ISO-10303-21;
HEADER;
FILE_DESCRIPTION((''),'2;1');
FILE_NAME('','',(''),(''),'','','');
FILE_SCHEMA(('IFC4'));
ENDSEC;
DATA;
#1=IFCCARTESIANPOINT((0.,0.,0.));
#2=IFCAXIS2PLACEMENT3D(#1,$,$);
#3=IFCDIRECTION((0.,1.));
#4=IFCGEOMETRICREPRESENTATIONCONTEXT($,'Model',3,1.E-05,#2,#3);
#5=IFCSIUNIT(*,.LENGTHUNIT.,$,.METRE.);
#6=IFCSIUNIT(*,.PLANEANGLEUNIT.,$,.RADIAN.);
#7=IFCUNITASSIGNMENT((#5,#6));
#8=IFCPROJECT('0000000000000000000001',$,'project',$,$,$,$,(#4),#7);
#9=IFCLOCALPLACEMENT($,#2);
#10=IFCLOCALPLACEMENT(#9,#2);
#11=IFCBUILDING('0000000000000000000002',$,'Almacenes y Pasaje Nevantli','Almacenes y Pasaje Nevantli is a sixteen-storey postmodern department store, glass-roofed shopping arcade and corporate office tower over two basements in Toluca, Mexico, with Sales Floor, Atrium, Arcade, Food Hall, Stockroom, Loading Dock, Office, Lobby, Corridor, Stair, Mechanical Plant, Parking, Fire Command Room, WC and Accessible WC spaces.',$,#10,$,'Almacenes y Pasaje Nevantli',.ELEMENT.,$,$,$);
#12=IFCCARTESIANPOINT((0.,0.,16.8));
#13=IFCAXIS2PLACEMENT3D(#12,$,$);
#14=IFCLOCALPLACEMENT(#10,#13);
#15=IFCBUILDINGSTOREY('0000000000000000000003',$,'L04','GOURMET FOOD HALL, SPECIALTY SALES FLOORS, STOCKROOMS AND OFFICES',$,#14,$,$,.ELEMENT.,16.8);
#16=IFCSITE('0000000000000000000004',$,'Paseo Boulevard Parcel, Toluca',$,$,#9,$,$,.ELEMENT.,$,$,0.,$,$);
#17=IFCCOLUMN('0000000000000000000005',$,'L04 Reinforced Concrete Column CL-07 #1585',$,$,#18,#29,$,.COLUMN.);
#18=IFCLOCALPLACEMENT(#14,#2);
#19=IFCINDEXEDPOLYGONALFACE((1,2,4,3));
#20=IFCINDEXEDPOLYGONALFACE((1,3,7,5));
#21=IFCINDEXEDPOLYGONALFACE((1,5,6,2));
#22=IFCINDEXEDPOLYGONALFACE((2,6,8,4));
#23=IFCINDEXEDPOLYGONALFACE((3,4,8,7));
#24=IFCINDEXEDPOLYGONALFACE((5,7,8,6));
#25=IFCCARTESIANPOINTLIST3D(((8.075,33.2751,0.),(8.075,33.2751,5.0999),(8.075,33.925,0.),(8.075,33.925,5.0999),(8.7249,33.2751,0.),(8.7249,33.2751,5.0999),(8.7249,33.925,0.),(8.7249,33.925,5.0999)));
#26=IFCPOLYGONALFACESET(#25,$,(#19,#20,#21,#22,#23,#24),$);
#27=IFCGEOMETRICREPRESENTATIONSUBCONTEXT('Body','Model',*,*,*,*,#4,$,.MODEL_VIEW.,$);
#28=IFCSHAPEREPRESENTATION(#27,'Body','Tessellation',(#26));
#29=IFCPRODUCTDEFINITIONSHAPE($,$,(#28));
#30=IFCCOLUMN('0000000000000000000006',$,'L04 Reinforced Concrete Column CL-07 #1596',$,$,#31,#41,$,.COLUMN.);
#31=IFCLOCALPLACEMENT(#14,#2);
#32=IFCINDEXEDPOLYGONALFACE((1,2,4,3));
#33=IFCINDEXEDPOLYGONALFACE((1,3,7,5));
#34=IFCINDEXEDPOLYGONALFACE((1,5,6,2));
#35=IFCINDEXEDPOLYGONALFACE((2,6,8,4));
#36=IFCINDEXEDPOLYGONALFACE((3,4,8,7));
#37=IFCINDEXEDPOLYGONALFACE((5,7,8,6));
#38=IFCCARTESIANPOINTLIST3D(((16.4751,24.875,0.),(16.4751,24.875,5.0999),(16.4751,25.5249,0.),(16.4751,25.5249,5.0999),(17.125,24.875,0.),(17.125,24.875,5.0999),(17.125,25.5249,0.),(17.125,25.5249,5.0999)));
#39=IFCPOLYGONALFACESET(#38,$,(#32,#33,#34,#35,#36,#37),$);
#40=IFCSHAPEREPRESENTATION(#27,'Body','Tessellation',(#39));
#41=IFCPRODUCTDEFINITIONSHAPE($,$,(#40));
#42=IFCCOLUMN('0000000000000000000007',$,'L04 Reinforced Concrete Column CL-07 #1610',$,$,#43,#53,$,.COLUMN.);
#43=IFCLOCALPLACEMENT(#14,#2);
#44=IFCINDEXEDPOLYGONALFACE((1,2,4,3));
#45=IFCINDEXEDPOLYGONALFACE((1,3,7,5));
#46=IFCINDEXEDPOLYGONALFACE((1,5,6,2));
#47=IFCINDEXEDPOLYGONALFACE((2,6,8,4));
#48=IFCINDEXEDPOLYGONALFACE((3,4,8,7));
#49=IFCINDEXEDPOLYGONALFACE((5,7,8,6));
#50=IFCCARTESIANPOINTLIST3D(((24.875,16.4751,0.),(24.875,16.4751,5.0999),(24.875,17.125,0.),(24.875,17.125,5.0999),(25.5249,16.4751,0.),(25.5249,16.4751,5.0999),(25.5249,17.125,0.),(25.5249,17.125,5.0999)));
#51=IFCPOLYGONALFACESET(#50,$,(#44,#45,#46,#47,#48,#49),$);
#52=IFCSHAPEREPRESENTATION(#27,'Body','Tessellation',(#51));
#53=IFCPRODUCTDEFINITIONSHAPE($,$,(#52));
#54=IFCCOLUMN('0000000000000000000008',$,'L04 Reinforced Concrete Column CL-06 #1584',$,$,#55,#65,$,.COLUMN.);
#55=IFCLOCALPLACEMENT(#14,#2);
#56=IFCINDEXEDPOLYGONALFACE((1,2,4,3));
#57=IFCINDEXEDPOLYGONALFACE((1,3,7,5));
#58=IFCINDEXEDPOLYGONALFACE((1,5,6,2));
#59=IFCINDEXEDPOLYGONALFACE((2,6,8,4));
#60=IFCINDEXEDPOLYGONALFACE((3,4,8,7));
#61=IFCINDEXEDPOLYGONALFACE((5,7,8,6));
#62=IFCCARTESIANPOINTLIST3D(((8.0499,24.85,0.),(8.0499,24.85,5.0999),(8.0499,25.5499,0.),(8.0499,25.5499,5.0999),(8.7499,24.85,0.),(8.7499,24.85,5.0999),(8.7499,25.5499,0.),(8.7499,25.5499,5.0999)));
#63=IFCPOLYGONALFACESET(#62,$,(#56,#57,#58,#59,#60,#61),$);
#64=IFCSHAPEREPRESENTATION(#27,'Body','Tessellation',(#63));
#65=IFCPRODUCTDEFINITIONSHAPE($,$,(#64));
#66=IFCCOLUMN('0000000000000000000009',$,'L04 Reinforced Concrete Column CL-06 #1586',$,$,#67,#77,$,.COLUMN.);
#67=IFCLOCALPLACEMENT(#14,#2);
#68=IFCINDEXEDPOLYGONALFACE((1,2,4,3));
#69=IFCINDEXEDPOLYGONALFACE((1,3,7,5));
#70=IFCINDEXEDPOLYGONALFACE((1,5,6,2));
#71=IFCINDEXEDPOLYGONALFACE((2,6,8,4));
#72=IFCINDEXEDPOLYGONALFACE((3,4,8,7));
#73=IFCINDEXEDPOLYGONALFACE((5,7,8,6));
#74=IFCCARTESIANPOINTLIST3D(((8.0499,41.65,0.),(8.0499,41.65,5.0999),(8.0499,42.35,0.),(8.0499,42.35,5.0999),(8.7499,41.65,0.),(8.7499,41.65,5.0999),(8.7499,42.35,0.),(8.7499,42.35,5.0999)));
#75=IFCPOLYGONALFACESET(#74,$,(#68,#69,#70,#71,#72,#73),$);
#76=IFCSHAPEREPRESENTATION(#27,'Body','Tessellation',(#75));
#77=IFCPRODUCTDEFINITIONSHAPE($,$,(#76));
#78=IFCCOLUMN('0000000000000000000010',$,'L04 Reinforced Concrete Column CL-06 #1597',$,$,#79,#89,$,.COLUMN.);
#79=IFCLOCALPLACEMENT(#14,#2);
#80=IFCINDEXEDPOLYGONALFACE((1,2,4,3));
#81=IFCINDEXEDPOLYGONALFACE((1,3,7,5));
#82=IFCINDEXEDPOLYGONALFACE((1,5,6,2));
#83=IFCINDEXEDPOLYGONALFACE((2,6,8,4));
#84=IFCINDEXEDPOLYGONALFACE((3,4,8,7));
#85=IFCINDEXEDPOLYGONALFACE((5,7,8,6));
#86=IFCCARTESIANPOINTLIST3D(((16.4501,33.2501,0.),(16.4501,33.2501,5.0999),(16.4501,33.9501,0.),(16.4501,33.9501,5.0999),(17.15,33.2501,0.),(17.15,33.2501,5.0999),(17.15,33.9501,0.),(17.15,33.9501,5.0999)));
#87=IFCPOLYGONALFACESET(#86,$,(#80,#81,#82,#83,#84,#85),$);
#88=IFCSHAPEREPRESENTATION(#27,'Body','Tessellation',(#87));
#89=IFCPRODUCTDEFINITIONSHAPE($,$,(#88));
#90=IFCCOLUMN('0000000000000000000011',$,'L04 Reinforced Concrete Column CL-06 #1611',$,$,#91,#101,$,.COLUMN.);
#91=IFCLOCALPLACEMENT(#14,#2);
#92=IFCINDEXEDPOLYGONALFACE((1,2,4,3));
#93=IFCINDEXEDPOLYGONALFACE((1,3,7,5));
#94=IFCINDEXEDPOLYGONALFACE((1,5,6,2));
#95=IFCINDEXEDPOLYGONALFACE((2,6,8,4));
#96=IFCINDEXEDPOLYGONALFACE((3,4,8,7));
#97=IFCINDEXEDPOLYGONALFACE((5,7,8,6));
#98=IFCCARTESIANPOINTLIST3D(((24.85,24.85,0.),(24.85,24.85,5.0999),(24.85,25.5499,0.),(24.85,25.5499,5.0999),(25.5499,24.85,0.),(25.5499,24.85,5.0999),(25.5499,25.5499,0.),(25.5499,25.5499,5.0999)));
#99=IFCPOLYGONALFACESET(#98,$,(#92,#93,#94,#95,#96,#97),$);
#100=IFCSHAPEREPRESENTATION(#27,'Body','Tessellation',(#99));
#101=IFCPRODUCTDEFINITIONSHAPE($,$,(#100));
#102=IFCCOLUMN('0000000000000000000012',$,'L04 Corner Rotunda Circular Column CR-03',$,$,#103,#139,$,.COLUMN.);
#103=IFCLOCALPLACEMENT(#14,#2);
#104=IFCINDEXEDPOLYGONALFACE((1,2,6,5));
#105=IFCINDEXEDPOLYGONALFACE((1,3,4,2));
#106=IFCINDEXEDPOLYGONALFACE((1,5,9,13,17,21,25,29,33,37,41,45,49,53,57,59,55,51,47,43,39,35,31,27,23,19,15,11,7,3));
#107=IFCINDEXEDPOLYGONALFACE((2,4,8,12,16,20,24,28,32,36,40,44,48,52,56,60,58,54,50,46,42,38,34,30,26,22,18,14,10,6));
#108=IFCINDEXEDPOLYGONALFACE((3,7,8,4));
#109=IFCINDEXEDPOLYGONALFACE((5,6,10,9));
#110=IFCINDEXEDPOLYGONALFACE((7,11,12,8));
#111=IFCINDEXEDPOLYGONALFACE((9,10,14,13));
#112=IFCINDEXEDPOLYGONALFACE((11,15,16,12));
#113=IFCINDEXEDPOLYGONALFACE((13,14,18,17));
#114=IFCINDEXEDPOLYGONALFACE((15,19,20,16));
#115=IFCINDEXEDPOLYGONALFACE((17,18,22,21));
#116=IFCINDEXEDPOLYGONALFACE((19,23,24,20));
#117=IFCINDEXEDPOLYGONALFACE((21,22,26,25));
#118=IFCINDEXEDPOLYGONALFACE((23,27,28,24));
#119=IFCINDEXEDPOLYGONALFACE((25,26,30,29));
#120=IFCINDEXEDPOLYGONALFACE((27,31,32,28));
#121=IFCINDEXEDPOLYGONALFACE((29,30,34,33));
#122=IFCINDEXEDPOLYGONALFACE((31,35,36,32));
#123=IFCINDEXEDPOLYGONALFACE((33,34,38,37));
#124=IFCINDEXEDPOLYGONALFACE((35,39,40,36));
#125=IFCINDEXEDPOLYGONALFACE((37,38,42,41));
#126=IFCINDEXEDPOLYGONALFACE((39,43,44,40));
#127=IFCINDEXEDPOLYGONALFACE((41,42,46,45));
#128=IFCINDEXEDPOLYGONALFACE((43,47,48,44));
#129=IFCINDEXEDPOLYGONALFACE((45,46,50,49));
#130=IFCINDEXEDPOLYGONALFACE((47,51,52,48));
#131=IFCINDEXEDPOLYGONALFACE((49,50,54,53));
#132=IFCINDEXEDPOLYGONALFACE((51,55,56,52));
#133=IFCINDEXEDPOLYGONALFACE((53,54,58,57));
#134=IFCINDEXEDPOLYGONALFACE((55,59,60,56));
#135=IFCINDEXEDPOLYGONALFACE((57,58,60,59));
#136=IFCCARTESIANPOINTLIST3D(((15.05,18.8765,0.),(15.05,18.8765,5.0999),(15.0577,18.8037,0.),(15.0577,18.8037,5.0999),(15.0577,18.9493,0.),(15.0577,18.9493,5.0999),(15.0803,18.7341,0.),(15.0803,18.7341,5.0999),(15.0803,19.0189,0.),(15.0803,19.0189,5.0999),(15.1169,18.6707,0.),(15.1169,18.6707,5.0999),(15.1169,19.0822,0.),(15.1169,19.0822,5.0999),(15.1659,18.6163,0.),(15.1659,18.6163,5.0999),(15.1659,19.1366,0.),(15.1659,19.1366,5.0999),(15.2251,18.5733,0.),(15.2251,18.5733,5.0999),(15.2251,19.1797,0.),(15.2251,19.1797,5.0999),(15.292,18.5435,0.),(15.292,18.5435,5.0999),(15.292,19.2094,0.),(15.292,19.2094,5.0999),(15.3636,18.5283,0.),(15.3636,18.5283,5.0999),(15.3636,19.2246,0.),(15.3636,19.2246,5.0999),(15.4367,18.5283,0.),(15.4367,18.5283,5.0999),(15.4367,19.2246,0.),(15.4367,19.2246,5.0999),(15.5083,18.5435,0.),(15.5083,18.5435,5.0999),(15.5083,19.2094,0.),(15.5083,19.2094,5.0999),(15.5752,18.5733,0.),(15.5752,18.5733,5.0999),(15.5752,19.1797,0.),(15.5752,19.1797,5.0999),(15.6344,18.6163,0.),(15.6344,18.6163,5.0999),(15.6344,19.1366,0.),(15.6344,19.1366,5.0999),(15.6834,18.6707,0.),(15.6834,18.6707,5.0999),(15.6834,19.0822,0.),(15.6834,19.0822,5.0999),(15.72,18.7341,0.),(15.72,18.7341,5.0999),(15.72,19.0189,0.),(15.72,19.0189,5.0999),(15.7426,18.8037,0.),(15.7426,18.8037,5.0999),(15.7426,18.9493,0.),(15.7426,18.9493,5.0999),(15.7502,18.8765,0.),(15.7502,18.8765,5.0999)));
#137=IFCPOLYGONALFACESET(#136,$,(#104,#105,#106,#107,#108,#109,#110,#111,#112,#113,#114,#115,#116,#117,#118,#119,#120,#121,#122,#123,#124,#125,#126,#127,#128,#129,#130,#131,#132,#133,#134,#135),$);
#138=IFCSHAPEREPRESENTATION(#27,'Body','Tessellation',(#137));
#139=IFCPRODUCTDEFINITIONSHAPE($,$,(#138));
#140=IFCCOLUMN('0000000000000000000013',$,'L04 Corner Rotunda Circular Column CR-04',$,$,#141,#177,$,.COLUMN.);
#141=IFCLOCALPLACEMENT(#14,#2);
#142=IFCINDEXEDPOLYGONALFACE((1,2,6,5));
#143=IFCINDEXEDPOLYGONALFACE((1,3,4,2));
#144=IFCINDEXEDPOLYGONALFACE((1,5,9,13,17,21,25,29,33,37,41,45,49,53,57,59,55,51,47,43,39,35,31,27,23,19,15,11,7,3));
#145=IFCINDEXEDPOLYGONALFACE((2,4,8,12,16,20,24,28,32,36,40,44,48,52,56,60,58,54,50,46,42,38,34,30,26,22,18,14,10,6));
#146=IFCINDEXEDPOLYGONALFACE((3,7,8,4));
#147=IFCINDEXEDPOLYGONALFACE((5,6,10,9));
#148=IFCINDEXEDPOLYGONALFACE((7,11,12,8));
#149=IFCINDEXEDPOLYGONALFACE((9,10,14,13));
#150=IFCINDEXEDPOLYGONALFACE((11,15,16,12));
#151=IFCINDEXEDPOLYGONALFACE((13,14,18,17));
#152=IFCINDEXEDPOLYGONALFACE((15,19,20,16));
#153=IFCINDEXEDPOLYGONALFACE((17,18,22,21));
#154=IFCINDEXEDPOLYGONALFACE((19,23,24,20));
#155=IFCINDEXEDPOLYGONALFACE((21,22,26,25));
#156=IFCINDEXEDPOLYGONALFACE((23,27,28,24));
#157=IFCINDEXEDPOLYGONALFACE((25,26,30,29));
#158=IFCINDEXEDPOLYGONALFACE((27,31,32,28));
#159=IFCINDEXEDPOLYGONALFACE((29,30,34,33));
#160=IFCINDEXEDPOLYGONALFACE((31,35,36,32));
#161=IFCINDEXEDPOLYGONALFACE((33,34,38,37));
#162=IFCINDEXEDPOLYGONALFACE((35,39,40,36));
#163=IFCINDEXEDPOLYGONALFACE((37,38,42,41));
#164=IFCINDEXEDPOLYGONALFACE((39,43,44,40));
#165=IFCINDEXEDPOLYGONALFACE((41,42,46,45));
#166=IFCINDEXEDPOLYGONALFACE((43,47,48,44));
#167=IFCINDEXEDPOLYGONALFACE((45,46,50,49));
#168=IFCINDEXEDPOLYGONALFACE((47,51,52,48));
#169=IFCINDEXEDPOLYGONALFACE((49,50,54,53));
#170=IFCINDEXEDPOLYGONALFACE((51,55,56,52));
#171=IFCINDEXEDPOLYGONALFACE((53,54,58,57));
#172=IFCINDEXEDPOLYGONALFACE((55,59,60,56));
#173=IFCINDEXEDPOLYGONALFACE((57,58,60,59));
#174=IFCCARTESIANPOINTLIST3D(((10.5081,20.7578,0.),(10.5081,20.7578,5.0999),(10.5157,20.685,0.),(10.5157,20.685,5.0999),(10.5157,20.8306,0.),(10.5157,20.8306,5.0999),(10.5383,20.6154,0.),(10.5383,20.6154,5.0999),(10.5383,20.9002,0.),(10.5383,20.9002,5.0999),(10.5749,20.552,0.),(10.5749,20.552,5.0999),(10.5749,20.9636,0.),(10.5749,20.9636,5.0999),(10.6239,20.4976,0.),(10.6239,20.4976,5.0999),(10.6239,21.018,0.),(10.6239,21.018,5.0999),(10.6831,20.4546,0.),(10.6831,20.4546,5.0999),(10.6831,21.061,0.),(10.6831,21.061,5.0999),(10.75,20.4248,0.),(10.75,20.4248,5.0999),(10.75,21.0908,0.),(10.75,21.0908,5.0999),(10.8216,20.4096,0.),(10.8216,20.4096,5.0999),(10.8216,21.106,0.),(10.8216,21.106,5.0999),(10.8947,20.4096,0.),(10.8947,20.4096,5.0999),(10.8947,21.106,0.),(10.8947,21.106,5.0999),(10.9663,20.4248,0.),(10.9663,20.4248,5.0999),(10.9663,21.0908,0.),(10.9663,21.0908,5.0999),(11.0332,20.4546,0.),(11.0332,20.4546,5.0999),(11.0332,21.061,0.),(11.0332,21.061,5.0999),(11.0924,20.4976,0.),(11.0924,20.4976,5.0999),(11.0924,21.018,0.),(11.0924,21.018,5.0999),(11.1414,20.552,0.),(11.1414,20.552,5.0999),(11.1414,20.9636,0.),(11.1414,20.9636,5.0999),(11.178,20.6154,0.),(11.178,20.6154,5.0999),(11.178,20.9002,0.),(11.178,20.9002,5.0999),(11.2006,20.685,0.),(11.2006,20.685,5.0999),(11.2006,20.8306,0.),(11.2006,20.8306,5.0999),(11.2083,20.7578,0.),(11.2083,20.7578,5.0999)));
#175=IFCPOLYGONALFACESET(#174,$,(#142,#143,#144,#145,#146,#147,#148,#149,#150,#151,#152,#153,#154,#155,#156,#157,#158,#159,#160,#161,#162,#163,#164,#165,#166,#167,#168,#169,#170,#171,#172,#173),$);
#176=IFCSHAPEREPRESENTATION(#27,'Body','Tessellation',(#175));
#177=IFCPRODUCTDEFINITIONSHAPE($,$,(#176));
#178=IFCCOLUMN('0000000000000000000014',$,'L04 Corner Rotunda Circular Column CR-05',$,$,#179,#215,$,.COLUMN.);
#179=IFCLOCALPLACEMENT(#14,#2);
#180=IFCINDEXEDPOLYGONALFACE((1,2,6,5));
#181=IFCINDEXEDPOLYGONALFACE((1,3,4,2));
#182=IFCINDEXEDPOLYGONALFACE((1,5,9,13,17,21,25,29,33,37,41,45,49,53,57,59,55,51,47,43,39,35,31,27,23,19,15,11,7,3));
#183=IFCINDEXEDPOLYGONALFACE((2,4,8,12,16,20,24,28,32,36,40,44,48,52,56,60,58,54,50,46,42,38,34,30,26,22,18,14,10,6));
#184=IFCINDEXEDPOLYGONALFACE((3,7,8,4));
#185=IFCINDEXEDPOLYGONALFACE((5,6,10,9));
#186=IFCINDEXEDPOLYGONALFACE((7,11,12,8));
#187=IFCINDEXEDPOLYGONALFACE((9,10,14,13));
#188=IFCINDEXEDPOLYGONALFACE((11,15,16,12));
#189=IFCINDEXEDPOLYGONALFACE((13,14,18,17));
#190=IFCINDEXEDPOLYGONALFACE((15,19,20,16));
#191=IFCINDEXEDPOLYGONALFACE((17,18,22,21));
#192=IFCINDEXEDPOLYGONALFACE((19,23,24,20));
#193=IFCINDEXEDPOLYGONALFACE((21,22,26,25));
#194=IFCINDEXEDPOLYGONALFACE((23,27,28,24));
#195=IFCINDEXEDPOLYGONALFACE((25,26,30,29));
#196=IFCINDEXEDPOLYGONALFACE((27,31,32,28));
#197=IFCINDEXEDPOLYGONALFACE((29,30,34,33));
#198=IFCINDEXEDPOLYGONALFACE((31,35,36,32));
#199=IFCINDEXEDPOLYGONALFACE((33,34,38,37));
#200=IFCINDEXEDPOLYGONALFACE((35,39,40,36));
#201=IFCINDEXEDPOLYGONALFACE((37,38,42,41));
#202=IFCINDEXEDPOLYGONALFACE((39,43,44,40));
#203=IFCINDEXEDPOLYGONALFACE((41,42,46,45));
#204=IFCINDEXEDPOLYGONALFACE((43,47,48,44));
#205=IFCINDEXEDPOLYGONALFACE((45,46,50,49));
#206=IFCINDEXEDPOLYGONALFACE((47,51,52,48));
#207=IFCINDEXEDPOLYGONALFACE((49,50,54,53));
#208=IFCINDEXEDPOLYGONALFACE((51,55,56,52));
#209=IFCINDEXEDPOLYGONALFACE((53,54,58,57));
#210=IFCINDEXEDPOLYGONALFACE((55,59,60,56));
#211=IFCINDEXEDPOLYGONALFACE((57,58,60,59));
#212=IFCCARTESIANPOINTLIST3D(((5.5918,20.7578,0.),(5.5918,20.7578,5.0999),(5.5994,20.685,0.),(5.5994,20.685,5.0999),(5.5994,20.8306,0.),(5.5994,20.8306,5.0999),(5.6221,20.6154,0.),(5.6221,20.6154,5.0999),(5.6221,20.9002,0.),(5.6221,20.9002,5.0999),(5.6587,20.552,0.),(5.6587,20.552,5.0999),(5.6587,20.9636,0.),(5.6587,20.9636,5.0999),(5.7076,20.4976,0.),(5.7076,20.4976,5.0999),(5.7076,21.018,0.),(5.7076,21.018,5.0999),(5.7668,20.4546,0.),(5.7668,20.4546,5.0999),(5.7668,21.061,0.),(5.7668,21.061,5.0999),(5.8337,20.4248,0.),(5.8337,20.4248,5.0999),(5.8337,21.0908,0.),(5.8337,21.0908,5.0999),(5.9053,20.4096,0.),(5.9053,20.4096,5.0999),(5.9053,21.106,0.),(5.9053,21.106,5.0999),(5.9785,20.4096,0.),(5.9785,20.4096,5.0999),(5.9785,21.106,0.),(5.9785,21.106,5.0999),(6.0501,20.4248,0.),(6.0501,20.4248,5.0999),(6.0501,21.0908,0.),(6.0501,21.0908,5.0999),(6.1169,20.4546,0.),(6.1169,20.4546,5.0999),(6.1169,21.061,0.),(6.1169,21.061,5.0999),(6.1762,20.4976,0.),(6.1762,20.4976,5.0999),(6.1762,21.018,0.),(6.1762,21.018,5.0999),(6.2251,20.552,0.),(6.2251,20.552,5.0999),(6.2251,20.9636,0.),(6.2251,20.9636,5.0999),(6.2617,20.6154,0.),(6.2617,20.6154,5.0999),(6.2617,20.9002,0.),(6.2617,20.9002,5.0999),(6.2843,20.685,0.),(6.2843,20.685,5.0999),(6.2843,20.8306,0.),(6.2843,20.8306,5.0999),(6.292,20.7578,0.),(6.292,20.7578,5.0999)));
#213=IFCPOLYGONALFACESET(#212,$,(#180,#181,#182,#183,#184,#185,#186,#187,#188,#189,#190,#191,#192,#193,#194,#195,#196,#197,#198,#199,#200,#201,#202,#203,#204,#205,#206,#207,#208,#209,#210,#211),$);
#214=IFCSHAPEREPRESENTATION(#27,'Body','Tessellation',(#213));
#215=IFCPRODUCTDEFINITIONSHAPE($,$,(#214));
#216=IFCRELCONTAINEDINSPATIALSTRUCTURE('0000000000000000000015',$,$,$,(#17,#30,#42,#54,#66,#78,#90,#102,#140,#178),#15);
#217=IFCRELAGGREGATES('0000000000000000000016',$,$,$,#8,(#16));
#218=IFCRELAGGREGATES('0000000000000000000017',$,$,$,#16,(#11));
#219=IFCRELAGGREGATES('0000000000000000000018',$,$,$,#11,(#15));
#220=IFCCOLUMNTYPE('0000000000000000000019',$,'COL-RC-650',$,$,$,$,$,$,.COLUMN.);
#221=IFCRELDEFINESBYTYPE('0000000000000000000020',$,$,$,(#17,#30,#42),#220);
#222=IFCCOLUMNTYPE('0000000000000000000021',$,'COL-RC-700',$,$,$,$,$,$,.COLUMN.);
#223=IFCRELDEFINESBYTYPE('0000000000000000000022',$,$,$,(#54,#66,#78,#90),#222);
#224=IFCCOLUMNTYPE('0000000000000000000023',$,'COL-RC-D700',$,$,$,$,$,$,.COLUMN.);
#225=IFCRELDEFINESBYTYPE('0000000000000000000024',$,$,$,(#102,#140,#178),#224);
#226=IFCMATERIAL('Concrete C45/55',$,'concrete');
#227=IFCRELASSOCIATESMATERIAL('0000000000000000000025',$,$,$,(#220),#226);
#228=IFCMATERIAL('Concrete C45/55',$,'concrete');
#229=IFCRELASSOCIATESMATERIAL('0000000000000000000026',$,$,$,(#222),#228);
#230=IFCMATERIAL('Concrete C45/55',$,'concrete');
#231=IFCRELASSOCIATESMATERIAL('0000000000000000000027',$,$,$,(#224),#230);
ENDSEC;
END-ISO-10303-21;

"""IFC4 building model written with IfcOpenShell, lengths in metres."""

from ifc_helpers import new_model, si_unit, direction, frame, origin, origin_2d, place, context, subcontext, project, spatial, rectangle, circle, extrude, material, material_profile, profile_set, type_object, element, save


model = new_model("IFC4")

# Units and contexts
model_context = context("Model", 3, precision=1e-05, world=origin(), true_north=direction((0.0, 1.0)))
body_context = subcontext(model_context, "Body", "Model", "MODEL_VIEW")
ifc_project = project(units=[si_unit("LENGTHUNIT", "METRE"), si_unit("PLANEANGLEUNIT", "RADIAN")], contexts=[model_context])

# Site, building, storey
site_placement = place(None, origin())
site = spatial("IfcSite", under=ifc_project, at=site_placement, Name="Paseo Boulevard Parcel, Toluca", CompositionType="ELEMENT", RefElevation=0.0)
building_placement = place(site_placement, origin())
building = spatial("IfcBuilding", under=site, at=building_placement, Name="Almacenes y Pasaje Nevantli", Description="Almacenes y Pasaje Nevantli is a sixteen-storey postmodern department store, glass-roofed shopping arcade and corporate office tower over two basements in Toluca, Mexico, with Sales Floor, Atrium, Arcade, Food Hall, Stockroom, Loading Dock, Office, Lobby, Corridor, Stair, Mechanical Plant, Parking, Fire Command Room, WC and Accessible WC spaces.", LongName="Almacenes y Pasaje Nevantli", CompositionType="ELEMENT")
storey_placement = place(building_placement, frame((0.0, 0.0, 16.8)))
storey = spatial("IfcBuildingStorey", under=building, at=storey_placement, Name="L04", Description="GOURMET FOOD HALL, SPECIALTY SALES FLOORS, STOCKROOMS AND OFFICES", CompositionType="ELEMENT", Elevation=16.8)

# Columns
ifc_material_1 = material(Name="Concrete C45/55", Category="concrete")
ifc_material_profile_1 = material_profile(ifc_material_1, rectangle(XDim=0.6499, YDim=0.6499, at=origin_2d()), Name="RC-COL-650x650")
ifc_profile_set_1 = profile_set([ifc_material_profile_1], Name="Concrete C45/55")
column_type_1 = type_object("IfcColumnType", Name="COL-RC-650", PredefinedType="COLUMN", material=ifc_profile_set_1)
for number, where, z_axis, x_axis, name in (
    (1, (8.3999, 33.6001, 0.0), (0.0, 0.0, 1.0), (1.0, 0.0, 0.0), "L04 Reinforced Concrete Column CL-07 #1585"),
    (2, (16.8, 25.2, 0.0), (0.0, 0.0, 1.0), (1.0, 0.0, 0.0), "L04 Reinforced Concrete Column CL-07 #1596"),
    (3, (25.2, 16.8, 0.0), (0.0, 0.0, 1.0), (1.0, 0.0, 0.0), "L04 Reinforced Concrete Column CL-07 #1610"),
):
    element("IfcColumn", number, at=place(storey_placement, frame(where, z_axis=z_axis, x_axis=x_axis)), inside=storey, type_object=column_type_1, Name=name, PredefinedType="COLUMN", context=body_context, shape_type="SweptSolid", body=[
        extrude(rectangle(XDim=0.6499, YDim=0.6499, at=origin_2d()), origin(), (0.0, 0.0, 1.0), 5.0999),
    ])
ifc_material_2 = material(Name="Concrete C45/55", Category="concrete")
ifc_material_profile_2 = material_profile(ifc_material_2, rectangle(XDim=0.7, YDim=0.7, at=origin_2d()), Name="RC-COL-700x700")
ifc_profile_set_2 = profile_set([ifc_material_profile_2], Name="Concrete C45/55")
column_type_2 = type_object("IfcColumnType", Name="COL-RC-700", PredefinedType="COLUMN", material=ifc_profile_set_2)
for number, where, z_axis, x_axis, name in (
    (4, (8.3999, 25.2, 0.0), (0.0, 0.0, 1.0), (1.0, 0.0, 0.0), "L04 Reinforced Concrete Column CL-06 #1584"),
    (5, (8.3999, 42.0, 0.0), (0.0, 0.0, 1.0), (1.0, 0.0, 0.0), "L04 Reinforced Concrete Column CL-06 #1586"),
    (6, (16.8, 33.6001, 0.0), (0.0, 0.0, 1.0), (1.0, 0.0, 0.0), "L04 Reinforced Concrete Column CL-06 #1597"),
    (7, (25.2, 25.2, 0.0), (0.0, 0.0, 1.0), (1.0, 0.0, 0.0), "L04 Reinforced Concrete Column CL-06 #1611"),
):
    element("IfcColumn", number, at=place(storey_placement, frame(where, z_axis=z_axis, x_axis=x_axis)), inside=storey, type_object=column_type_2, Name=name, PredefinedType="COLUMN", context=body_context, shape_type="SweptSolid", body=[
        extrude(rectangle(XDim=0.7, YDim=0.7, at=origin_2d()), origin(), (0.0, 0.0, 1.0), 5.0999),
    ])
ifc_material_3 = material(Name="Concrete C45/55", Category="concrete")
ifc_material_profile_3 = material_profile(ifc_material_3, circle(Radius=0.3501, at=origin_2d()), Name="RC-COL-D700")
ifc_profile_set_3 = profile_set([ifc_material_profile_3], Name="Concrete C45/55")
column_type_3 = type_object("IfcColumnType", Name="COL-RC-D700", PredefinedType="COLUMN", material=ifc_profile_set_3)
for number, where, z_axis, x_axis, name in (
    (8, (15.4001, 18.8765, 0.0), (0.0, 0.0, 1.0), (1.0, 0.0, 0.0), "L04 Corner Rotunda Circular Column CR-03"),
    (9, (10.8582, 20.7578, 0.0), (0.0, 0.0, 1.0), (1.0, 0.0, 0.0), "L04 Corner Rotunda Circular Column CR-04"),
    (10, (5.9419, 20.7578, 0.0), (0.0, 0.0, 1.0), (1.0, 0.0, 0.0), "L04 Corner Rotunda Circular Column CR-05"),
):
    element("IfcColumn", number, at=place(storey_placement, frame(where, z_axis=z_axis, x_axis=x_axis)), inside=storey, type_object=column_type_3, Name=name, PredefinedType="COLUMN", context=body_context, shape_type="SweptSolid", body=[
        extrude(circle(Radius=0.3501, at=origin_2d()), origin(), (0.0, 0.0, 1.0), 5.0999),
    ])

save(model, "model.ifc")
